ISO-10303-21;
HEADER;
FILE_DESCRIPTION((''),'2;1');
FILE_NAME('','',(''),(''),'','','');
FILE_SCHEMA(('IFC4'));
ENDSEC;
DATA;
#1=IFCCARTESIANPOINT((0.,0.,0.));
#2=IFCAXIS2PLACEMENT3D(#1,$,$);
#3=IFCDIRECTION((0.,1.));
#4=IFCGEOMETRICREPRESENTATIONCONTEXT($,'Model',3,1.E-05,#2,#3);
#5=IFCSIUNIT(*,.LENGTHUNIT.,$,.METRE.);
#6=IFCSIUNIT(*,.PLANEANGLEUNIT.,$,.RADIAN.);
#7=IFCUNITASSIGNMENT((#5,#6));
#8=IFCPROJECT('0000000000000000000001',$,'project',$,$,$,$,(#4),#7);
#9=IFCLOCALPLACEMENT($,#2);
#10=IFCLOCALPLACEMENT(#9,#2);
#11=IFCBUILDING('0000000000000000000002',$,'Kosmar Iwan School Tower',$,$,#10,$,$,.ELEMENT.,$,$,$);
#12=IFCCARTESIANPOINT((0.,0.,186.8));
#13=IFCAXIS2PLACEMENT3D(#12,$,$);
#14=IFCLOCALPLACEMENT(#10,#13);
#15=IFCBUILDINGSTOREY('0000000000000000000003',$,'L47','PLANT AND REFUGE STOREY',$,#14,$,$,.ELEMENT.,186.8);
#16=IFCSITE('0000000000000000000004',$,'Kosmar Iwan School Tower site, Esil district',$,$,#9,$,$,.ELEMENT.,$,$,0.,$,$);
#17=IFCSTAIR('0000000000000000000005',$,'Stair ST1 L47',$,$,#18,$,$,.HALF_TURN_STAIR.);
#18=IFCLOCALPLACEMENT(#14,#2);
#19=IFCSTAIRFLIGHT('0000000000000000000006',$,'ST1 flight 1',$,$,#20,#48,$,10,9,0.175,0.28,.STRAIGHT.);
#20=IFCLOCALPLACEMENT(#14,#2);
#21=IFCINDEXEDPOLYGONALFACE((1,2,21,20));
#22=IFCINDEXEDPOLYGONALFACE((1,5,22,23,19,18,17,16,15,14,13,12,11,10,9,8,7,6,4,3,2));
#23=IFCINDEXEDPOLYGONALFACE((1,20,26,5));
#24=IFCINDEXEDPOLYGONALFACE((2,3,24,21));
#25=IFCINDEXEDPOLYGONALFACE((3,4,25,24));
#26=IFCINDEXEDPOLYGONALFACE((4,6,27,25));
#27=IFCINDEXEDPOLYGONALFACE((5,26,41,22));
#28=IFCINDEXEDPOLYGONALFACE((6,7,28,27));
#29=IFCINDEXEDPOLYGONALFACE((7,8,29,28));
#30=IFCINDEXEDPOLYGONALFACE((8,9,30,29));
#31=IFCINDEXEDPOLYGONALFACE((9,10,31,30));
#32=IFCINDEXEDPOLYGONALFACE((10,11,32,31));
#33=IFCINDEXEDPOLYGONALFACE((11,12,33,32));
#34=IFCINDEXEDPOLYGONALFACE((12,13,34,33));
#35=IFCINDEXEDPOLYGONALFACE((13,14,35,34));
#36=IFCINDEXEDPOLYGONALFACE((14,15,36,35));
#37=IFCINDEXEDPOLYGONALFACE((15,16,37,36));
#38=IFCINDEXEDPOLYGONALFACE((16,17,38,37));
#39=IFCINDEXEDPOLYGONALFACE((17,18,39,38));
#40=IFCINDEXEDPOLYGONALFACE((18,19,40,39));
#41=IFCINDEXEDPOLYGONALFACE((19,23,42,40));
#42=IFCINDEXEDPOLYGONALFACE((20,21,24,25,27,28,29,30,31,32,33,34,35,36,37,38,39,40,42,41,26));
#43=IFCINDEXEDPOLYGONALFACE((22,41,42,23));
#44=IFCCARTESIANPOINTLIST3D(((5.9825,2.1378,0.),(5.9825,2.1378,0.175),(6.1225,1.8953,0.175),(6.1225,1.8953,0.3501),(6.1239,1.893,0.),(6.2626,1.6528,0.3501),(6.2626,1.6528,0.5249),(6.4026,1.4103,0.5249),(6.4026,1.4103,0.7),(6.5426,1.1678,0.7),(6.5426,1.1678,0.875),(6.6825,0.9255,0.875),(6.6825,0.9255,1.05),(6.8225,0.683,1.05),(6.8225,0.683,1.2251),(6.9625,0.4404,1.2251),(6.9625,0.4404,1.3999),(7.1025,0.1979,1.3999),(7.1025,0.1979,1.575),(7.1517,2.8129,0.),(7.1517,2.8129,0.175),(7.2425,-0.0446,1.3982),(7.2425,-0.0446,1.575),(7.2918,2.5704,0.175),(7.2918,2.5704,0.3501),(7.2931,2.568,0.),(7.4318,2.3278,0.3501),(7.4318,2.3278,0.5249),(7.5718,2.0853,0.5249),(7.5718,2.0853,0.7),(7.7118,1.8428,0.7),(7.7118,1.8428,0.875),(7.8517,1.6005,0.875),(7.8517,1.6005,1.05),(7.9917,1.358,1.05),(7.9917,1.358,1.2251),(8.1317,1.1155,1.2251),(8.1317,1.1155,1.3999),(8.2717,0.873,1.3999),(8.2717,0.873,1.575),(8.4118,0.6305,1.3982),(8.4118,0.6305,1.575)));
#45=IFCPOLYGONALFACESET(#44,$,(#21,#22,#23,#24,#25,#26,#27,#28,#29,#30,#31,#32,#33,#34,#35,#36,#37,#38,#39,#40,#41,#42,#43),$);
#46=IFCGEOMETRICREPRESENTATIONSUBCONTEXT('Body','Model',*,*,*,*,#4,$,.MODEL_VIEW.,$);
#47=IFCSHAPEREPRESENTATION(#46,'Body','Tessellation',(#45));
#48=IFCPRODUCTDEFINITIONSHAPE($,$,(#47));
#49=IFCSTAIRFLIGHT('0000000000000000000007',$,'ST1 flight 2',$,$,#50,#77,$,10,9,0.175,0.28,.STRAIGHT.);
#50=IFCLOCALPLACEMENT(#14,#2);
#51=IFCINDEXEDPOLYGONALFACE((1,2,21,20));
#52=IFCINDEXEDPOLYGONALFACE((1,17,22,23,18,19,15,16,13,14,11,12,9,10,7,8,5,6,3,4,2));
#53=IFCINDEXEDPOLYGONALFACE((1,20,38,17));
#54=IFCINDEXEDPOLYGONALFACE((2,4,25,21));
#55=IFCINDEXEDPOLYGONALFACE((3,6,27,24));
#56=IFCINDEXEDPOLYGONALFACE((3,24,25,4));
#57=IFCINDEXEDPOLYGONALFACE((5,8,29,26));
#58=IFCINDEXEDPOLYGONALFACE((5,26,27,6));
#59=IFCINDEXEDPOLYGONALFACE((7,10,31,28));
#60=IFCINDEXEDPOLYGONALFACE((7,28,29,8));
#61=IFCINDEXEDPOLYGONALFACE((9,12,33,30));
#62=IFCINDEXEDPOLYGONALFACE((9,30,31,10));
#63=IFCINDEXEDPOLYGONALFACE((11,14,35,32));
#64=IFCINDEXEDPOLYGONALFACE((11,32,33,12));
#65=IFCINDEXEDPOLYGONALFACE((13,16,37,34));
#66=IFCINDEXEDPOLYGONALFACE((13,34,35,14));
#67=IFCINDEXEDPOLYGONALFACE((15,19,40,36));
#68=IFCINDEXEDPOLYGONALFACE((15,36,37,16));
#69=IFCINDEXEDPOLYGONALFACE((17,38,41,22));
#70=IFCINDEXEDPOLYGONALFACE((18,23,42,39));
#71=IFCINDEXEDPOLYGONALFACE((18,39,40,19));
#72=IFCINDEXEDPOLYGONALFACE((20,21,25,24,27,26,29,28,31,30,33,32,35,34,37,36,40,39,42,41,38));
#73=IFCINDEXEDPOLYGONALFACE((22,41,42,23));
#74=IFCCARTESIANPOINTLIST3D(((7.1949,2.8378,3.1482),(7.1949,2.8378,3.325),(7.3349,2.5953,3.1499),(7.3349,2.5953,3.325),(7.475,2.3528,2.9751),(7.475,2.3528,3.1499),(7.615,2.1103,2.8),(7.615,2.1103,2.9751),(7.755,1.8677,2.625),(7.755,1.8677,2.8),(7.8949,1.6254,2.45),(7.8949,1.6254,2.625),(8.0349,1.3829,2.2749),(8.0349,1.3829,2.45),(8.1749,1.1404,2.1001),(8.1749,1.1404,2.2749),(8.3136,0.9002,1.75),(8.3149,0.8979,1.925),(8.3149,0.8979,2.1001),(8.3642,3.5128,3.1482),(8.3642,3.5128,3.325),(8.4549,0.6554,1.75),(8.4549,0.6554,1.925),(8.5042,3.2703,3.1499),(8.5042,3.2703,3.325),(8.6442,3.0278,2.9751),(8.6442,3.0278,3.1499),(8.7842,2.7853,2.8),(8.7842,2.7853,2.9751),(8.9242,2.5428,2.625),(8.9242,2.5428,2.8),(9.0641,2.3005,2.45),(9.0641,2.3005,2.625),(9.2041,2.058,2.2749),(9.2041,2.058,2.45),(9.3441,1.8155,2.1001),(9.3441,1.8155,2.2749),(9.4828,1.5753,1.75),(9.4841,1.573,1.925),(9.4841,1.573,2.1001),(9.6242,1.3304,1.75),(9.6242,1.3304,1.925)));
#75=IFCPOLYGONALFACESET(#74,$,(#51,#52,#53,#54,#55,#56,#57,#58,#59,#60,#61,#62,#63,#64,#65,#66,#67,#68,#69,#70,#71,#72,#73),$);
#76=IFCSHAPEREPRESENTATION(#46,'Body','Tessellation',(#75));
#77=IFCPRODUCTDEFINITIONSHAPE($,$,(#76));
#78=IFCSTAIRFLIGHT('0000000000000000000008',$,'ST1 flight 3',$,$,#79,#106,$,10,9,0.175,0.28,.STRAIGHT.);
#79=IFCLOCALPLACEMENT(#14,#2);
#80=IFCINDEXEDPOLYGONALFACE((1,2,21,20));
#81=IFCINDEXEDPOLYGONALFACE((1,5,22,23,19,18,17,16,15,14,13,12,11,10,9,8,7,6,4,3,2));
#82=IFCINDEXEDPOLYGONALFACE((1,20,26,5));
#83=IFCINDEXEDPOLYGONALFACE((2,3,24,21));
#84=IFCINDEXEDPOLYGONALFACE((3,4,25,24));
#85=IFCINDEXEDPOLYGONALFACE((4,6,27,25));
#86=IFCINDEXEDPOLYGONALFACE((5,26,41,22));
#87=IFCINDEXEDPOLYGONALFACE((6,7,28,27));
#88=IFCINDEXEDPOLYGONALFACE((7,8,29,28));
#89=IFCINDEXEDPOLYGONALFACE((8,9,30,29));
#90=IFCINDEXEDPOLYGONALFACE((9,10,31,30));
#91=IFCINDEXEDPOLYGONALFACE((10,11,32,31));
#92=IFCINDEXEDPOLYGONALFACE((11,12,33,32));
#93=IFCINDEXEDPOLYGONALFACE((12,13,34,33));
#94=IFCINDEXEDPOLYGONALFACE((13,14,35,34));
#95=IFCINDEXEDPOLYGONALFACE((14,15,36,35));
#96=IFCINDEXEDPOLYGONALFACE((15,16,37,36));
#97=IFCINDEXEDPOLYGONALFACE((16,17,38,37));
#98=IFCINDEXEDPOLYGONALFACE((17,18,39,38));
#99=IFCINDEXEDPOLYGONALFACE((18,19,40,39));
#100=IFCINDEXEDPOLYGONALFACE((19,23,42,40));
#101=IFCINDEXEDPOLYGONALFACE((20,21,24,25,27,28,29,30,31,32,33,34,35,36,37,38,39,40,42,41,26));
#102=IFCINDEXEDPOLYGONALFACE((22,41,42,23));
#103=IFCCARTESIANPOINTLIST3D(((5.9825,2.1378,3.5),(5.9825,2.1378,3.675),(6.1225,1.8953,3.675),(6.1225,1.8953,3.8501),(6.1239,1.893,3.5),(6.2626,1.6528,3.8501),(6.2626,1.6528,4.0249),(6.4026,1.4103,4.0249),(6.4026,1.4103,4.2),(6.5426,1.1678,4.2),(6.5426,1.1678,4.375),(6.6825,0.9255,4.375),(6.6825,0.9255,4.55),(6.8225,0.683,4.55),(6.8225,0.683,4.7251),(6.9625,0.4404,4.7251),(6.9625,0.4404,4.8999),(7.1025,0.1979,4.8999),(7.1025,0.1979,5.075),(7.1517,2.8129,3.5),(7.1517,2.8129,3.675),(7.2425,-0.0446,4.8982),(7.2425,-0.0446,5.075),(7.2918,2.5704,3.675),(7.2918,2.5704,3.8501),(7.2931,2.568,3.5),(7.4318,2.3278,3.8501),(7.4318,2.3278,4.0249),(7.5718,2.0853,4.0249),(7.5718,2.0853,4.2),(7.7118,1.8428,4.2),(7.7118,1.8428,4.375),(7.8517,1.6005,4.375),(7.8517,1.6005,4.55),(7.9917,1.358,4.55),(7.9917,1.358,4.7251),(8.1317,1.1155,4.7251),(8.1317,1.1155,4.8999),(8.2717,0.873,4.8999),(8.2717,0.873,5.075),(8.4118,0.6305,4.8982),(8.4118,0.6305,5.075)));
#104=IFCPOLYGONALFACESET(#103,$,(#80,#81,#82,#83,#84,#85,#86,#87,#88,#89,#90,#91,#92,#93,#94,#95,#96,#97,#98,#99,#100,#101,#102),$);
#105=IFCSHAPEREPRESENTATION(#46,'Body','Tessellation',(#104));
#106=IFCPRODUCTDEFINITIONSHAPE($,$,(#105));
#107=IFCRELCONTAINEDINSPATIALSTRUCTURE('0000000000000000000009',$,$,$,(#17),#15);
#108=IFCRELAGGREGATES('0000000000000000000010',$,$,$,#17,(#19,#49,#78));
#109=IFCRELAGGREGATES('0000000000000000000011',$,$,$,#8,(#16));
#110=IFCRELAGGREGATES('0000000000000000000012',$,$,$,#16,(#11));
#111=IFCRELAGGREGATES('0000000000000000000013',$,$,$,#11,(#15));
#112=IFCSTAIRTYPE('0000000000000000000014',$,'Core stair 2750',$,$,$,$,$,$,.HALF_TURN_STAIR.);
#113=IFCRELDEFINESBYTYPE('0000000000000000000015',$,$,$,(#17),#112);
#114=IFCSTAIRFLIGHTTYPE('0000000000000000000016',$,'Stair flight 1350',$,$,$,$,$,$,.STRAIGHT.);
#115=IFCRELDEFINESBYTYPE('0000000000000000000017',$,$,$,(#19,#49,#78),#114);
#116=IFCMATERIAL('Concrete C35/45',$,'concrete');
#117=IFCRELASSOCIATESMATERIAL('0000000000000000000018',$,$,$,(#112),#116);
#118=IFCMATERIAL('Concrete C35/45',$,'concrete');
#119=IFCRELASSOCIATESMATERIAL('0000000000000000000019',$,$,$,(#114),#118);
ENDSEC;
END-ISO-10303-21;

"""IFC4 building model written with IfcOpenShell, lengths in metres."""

from ifc_helpers import new_model, si_unit, direction, frame, origin, place, context, subcontext, project, spatial, polyline, outline, extrude, material, type_object, element, aggregate, save


model = new_model("IFC4")

# Units and contexts
model_context = context("Model", 3, precision=1e-05, world=origin(), true_north=direction((0.0, 1.0)))
body_context = subcontext(model_context, "Body", "Model", "MODEL_VIEW")
ifc_project = project(units=[si_unit("LENGTHUNIT", "METRE"), si_unit("PLANEANGLEUNIT", "RADIAN")], contexts=[model_context])

# Site, building, storey
site_placement = place(None, origin())
site = spatial("IfcSite", under=ifc_project, at=site_placement, Name="Kosmar Iwan School Tower site, Esil district", CompositionType="ELEMENT", RefElevation=0.0)
building_placement = place(site_placement, origin())
building = spatial("IfcBuilding", under=site, at=building_placement, Name="Kosmar Iwan School Tower", CompositionType="ELEMENT")
storey_placement = place(building_placement, frame((0.0, 0.0, 186.8)))
storey = spatial("IfcBuildingStorey", under=building, at=storey_placement, Name="L47", Description="PLANT AND REFUGE STOREY", CompositionType="ELEMENT", Elevation=186.8)

# Stair
ifc_material_1 = material(Name="Concrete C35/45", Category="concrete")
stair_type_1 = type_object("IfcStairType", Name="Core stair 2750", PredefinedType="HALF_TURN_STAIR", material=ifc_material_1)
stair_1_placement = place(storey_placement, origin())
stair_1 = element("IfcStair", 1, at=stair_1_placement, inside=storey, type_object=stair_type_1, Name="Stair ST1 L47", PredefinedType="HALF_TURN_STAIR")

# Stair flights
ifc_material_2 = material(Name="Concrete C35/45", Category="concrete")
stair_flight_type = type_object("IfcStairFlightType", Name="Stair flight 1350", PredefinedType="STRAIGHT", material=ifc_material_2)
stair_flight_1_placement = place(storey_placement, frame((6.5671, 2.4753, 0.0), z_axis=(0.0, 0.0, 1.0), x_axis=(0.5, -0.866025, 0.0)))
stair_flight_1 = element("IfcStairFlight", 2, at=stair_flight_1_placement, type_object=stair_flight_type, Name="ST1 flight 1", NumberOfRisers=10, NumberOfTreads=9, PredefinedType="STRAIGHT", RiserHeight=0.175, TreadLength=0.28, context=body_context, shape_type="SweptSolid", body=[
    extrude(outline(polyline([(0.0, 0.0), (0.0, 0.175), (0.28, 0.175), (0.28, 0.3501), (0.5601, 0.3501), (0.5601, 0.5249), (0.8401, 0.5249), (0.8401, 0.7), (1.1201, 0.7), (1.1201, 0.875), (1.3999, 0.875), (1.3999, 1.05), (1.6799, 1.05), (1.6799, 1.2251), (1.96, 1.2251), (1.96, 1.3999), (2.24, 1.3999), (2.24, 1.575), (2.52, 1.575), (2.52, 1.75), (2.52, 1.3982), (0.2827, 0.0), (0.0, 0.0)])), frame((0.0, 0.675, 0.0), z_axis=(0.0, -1.0, 0.0), x_axis=(1.0, 0.0, 0.0)), (0.0, 0.0, 1.0), 1.3501),
])
stair_flight_2_placement = place(storey_placement, frame((9.0396, 0.9929, 1.75), z_axis=(0.0, 0.0, 1.0), x_axis=(-0.5, 0.866025, 0.0)))
stair_flight_2 = element("IfcStairFlight", 3, at=stair_flight_2_placement, type_object=stair_flight_type, Name="ST1 flight 2", NumberOfRisers=10, NumberOfTreads=9, PredefinedType="STRAIGHT", RiserHeight=0.175, TreadLength=0.28, context=body_context, shape_type="SweptSolid", body=[
    extrude(outline(polyline([(0.0, 0.0), (0.0, 0.175), (0.28, 0.175), (0.28, 0.3501), (0.5601, 0.3501), (0.5601, 0.5249), (0.8401, 0.5249), (0.8401, 0.7), (1.1201, 0.7), (1.1201, 0.875), (1.3999, 0.875), (1.3999, 1.05), (1.6799, 1.05), (1.6799, 1.2251), (1.96, 1.2251), (1.96, 1.3999), (2.24, 1.3999), (2.24, 1.575), (2.52, 1.575), (2.52, 1.75), (2.52, 1.3982), (0.2827, 0.0), (0.0, 0.0)])), frame((0.0, 0.675, 0.0), z_axis=(0.0, -1.0, 0.0), x_axis=(1.0, 0.0, 0.0)), (0.0, 0.0, 1.0), 1.3501),
])
stair_flight_3_placement = place(storey_placement, frame((6.5671, 2.4753, 3.5), z_axis=(0.0, 0.0, 1.0), x_axis=(0.5, -0.866025, 0.0)))
stair_flight_3 = element("IfcStairFlight", 4, at=stair_flight_3_placement, type_object=stair_flight_type, Name="ST1 flight 3", NumberOfRisers=10, NumberOfTreads=9, PredefinedType="STRAIGHT", RiserHeight=0.175, TreadLength=0.28, context=body_context, shape_type="SweptSolid", body=[
    extrude(outline(polyline([(0.0, 0.0), (0.0, 0.175), (0.28, 0.175), (0.28, 0.3501), (0.5601, 0.3501), (0.5601, 0.5249), (0.8401, 0.5249), (0.8401, 0.7), (1.1201, 0.7), (1.1201, 0.875), (1.3999, 0.875), (1.3999, 1.05), (1.6799, 1.05), (1.6799, 1.2251), (1.96, 1.2251), (1.96, 1.3999), (2.24, 1.3999), (2.24, 1.575), (2.52, 1.575), (2.52, 1.75), (2.52, 1.3982), (0.2827, 0.0), (0.0, 0.0)])), frame((0.0, 0.675, 0.0), z_axis=(0.0, -1.0, 0.0), x_axis=(1.0, 0.0, 0.0)), (0.0, 0.0, 1.0), 1.3501),
])
aggregate(stair_1, [stair_flight_1, stair_flight_2, stair_flight_3])

save(model, "model.ifc")
